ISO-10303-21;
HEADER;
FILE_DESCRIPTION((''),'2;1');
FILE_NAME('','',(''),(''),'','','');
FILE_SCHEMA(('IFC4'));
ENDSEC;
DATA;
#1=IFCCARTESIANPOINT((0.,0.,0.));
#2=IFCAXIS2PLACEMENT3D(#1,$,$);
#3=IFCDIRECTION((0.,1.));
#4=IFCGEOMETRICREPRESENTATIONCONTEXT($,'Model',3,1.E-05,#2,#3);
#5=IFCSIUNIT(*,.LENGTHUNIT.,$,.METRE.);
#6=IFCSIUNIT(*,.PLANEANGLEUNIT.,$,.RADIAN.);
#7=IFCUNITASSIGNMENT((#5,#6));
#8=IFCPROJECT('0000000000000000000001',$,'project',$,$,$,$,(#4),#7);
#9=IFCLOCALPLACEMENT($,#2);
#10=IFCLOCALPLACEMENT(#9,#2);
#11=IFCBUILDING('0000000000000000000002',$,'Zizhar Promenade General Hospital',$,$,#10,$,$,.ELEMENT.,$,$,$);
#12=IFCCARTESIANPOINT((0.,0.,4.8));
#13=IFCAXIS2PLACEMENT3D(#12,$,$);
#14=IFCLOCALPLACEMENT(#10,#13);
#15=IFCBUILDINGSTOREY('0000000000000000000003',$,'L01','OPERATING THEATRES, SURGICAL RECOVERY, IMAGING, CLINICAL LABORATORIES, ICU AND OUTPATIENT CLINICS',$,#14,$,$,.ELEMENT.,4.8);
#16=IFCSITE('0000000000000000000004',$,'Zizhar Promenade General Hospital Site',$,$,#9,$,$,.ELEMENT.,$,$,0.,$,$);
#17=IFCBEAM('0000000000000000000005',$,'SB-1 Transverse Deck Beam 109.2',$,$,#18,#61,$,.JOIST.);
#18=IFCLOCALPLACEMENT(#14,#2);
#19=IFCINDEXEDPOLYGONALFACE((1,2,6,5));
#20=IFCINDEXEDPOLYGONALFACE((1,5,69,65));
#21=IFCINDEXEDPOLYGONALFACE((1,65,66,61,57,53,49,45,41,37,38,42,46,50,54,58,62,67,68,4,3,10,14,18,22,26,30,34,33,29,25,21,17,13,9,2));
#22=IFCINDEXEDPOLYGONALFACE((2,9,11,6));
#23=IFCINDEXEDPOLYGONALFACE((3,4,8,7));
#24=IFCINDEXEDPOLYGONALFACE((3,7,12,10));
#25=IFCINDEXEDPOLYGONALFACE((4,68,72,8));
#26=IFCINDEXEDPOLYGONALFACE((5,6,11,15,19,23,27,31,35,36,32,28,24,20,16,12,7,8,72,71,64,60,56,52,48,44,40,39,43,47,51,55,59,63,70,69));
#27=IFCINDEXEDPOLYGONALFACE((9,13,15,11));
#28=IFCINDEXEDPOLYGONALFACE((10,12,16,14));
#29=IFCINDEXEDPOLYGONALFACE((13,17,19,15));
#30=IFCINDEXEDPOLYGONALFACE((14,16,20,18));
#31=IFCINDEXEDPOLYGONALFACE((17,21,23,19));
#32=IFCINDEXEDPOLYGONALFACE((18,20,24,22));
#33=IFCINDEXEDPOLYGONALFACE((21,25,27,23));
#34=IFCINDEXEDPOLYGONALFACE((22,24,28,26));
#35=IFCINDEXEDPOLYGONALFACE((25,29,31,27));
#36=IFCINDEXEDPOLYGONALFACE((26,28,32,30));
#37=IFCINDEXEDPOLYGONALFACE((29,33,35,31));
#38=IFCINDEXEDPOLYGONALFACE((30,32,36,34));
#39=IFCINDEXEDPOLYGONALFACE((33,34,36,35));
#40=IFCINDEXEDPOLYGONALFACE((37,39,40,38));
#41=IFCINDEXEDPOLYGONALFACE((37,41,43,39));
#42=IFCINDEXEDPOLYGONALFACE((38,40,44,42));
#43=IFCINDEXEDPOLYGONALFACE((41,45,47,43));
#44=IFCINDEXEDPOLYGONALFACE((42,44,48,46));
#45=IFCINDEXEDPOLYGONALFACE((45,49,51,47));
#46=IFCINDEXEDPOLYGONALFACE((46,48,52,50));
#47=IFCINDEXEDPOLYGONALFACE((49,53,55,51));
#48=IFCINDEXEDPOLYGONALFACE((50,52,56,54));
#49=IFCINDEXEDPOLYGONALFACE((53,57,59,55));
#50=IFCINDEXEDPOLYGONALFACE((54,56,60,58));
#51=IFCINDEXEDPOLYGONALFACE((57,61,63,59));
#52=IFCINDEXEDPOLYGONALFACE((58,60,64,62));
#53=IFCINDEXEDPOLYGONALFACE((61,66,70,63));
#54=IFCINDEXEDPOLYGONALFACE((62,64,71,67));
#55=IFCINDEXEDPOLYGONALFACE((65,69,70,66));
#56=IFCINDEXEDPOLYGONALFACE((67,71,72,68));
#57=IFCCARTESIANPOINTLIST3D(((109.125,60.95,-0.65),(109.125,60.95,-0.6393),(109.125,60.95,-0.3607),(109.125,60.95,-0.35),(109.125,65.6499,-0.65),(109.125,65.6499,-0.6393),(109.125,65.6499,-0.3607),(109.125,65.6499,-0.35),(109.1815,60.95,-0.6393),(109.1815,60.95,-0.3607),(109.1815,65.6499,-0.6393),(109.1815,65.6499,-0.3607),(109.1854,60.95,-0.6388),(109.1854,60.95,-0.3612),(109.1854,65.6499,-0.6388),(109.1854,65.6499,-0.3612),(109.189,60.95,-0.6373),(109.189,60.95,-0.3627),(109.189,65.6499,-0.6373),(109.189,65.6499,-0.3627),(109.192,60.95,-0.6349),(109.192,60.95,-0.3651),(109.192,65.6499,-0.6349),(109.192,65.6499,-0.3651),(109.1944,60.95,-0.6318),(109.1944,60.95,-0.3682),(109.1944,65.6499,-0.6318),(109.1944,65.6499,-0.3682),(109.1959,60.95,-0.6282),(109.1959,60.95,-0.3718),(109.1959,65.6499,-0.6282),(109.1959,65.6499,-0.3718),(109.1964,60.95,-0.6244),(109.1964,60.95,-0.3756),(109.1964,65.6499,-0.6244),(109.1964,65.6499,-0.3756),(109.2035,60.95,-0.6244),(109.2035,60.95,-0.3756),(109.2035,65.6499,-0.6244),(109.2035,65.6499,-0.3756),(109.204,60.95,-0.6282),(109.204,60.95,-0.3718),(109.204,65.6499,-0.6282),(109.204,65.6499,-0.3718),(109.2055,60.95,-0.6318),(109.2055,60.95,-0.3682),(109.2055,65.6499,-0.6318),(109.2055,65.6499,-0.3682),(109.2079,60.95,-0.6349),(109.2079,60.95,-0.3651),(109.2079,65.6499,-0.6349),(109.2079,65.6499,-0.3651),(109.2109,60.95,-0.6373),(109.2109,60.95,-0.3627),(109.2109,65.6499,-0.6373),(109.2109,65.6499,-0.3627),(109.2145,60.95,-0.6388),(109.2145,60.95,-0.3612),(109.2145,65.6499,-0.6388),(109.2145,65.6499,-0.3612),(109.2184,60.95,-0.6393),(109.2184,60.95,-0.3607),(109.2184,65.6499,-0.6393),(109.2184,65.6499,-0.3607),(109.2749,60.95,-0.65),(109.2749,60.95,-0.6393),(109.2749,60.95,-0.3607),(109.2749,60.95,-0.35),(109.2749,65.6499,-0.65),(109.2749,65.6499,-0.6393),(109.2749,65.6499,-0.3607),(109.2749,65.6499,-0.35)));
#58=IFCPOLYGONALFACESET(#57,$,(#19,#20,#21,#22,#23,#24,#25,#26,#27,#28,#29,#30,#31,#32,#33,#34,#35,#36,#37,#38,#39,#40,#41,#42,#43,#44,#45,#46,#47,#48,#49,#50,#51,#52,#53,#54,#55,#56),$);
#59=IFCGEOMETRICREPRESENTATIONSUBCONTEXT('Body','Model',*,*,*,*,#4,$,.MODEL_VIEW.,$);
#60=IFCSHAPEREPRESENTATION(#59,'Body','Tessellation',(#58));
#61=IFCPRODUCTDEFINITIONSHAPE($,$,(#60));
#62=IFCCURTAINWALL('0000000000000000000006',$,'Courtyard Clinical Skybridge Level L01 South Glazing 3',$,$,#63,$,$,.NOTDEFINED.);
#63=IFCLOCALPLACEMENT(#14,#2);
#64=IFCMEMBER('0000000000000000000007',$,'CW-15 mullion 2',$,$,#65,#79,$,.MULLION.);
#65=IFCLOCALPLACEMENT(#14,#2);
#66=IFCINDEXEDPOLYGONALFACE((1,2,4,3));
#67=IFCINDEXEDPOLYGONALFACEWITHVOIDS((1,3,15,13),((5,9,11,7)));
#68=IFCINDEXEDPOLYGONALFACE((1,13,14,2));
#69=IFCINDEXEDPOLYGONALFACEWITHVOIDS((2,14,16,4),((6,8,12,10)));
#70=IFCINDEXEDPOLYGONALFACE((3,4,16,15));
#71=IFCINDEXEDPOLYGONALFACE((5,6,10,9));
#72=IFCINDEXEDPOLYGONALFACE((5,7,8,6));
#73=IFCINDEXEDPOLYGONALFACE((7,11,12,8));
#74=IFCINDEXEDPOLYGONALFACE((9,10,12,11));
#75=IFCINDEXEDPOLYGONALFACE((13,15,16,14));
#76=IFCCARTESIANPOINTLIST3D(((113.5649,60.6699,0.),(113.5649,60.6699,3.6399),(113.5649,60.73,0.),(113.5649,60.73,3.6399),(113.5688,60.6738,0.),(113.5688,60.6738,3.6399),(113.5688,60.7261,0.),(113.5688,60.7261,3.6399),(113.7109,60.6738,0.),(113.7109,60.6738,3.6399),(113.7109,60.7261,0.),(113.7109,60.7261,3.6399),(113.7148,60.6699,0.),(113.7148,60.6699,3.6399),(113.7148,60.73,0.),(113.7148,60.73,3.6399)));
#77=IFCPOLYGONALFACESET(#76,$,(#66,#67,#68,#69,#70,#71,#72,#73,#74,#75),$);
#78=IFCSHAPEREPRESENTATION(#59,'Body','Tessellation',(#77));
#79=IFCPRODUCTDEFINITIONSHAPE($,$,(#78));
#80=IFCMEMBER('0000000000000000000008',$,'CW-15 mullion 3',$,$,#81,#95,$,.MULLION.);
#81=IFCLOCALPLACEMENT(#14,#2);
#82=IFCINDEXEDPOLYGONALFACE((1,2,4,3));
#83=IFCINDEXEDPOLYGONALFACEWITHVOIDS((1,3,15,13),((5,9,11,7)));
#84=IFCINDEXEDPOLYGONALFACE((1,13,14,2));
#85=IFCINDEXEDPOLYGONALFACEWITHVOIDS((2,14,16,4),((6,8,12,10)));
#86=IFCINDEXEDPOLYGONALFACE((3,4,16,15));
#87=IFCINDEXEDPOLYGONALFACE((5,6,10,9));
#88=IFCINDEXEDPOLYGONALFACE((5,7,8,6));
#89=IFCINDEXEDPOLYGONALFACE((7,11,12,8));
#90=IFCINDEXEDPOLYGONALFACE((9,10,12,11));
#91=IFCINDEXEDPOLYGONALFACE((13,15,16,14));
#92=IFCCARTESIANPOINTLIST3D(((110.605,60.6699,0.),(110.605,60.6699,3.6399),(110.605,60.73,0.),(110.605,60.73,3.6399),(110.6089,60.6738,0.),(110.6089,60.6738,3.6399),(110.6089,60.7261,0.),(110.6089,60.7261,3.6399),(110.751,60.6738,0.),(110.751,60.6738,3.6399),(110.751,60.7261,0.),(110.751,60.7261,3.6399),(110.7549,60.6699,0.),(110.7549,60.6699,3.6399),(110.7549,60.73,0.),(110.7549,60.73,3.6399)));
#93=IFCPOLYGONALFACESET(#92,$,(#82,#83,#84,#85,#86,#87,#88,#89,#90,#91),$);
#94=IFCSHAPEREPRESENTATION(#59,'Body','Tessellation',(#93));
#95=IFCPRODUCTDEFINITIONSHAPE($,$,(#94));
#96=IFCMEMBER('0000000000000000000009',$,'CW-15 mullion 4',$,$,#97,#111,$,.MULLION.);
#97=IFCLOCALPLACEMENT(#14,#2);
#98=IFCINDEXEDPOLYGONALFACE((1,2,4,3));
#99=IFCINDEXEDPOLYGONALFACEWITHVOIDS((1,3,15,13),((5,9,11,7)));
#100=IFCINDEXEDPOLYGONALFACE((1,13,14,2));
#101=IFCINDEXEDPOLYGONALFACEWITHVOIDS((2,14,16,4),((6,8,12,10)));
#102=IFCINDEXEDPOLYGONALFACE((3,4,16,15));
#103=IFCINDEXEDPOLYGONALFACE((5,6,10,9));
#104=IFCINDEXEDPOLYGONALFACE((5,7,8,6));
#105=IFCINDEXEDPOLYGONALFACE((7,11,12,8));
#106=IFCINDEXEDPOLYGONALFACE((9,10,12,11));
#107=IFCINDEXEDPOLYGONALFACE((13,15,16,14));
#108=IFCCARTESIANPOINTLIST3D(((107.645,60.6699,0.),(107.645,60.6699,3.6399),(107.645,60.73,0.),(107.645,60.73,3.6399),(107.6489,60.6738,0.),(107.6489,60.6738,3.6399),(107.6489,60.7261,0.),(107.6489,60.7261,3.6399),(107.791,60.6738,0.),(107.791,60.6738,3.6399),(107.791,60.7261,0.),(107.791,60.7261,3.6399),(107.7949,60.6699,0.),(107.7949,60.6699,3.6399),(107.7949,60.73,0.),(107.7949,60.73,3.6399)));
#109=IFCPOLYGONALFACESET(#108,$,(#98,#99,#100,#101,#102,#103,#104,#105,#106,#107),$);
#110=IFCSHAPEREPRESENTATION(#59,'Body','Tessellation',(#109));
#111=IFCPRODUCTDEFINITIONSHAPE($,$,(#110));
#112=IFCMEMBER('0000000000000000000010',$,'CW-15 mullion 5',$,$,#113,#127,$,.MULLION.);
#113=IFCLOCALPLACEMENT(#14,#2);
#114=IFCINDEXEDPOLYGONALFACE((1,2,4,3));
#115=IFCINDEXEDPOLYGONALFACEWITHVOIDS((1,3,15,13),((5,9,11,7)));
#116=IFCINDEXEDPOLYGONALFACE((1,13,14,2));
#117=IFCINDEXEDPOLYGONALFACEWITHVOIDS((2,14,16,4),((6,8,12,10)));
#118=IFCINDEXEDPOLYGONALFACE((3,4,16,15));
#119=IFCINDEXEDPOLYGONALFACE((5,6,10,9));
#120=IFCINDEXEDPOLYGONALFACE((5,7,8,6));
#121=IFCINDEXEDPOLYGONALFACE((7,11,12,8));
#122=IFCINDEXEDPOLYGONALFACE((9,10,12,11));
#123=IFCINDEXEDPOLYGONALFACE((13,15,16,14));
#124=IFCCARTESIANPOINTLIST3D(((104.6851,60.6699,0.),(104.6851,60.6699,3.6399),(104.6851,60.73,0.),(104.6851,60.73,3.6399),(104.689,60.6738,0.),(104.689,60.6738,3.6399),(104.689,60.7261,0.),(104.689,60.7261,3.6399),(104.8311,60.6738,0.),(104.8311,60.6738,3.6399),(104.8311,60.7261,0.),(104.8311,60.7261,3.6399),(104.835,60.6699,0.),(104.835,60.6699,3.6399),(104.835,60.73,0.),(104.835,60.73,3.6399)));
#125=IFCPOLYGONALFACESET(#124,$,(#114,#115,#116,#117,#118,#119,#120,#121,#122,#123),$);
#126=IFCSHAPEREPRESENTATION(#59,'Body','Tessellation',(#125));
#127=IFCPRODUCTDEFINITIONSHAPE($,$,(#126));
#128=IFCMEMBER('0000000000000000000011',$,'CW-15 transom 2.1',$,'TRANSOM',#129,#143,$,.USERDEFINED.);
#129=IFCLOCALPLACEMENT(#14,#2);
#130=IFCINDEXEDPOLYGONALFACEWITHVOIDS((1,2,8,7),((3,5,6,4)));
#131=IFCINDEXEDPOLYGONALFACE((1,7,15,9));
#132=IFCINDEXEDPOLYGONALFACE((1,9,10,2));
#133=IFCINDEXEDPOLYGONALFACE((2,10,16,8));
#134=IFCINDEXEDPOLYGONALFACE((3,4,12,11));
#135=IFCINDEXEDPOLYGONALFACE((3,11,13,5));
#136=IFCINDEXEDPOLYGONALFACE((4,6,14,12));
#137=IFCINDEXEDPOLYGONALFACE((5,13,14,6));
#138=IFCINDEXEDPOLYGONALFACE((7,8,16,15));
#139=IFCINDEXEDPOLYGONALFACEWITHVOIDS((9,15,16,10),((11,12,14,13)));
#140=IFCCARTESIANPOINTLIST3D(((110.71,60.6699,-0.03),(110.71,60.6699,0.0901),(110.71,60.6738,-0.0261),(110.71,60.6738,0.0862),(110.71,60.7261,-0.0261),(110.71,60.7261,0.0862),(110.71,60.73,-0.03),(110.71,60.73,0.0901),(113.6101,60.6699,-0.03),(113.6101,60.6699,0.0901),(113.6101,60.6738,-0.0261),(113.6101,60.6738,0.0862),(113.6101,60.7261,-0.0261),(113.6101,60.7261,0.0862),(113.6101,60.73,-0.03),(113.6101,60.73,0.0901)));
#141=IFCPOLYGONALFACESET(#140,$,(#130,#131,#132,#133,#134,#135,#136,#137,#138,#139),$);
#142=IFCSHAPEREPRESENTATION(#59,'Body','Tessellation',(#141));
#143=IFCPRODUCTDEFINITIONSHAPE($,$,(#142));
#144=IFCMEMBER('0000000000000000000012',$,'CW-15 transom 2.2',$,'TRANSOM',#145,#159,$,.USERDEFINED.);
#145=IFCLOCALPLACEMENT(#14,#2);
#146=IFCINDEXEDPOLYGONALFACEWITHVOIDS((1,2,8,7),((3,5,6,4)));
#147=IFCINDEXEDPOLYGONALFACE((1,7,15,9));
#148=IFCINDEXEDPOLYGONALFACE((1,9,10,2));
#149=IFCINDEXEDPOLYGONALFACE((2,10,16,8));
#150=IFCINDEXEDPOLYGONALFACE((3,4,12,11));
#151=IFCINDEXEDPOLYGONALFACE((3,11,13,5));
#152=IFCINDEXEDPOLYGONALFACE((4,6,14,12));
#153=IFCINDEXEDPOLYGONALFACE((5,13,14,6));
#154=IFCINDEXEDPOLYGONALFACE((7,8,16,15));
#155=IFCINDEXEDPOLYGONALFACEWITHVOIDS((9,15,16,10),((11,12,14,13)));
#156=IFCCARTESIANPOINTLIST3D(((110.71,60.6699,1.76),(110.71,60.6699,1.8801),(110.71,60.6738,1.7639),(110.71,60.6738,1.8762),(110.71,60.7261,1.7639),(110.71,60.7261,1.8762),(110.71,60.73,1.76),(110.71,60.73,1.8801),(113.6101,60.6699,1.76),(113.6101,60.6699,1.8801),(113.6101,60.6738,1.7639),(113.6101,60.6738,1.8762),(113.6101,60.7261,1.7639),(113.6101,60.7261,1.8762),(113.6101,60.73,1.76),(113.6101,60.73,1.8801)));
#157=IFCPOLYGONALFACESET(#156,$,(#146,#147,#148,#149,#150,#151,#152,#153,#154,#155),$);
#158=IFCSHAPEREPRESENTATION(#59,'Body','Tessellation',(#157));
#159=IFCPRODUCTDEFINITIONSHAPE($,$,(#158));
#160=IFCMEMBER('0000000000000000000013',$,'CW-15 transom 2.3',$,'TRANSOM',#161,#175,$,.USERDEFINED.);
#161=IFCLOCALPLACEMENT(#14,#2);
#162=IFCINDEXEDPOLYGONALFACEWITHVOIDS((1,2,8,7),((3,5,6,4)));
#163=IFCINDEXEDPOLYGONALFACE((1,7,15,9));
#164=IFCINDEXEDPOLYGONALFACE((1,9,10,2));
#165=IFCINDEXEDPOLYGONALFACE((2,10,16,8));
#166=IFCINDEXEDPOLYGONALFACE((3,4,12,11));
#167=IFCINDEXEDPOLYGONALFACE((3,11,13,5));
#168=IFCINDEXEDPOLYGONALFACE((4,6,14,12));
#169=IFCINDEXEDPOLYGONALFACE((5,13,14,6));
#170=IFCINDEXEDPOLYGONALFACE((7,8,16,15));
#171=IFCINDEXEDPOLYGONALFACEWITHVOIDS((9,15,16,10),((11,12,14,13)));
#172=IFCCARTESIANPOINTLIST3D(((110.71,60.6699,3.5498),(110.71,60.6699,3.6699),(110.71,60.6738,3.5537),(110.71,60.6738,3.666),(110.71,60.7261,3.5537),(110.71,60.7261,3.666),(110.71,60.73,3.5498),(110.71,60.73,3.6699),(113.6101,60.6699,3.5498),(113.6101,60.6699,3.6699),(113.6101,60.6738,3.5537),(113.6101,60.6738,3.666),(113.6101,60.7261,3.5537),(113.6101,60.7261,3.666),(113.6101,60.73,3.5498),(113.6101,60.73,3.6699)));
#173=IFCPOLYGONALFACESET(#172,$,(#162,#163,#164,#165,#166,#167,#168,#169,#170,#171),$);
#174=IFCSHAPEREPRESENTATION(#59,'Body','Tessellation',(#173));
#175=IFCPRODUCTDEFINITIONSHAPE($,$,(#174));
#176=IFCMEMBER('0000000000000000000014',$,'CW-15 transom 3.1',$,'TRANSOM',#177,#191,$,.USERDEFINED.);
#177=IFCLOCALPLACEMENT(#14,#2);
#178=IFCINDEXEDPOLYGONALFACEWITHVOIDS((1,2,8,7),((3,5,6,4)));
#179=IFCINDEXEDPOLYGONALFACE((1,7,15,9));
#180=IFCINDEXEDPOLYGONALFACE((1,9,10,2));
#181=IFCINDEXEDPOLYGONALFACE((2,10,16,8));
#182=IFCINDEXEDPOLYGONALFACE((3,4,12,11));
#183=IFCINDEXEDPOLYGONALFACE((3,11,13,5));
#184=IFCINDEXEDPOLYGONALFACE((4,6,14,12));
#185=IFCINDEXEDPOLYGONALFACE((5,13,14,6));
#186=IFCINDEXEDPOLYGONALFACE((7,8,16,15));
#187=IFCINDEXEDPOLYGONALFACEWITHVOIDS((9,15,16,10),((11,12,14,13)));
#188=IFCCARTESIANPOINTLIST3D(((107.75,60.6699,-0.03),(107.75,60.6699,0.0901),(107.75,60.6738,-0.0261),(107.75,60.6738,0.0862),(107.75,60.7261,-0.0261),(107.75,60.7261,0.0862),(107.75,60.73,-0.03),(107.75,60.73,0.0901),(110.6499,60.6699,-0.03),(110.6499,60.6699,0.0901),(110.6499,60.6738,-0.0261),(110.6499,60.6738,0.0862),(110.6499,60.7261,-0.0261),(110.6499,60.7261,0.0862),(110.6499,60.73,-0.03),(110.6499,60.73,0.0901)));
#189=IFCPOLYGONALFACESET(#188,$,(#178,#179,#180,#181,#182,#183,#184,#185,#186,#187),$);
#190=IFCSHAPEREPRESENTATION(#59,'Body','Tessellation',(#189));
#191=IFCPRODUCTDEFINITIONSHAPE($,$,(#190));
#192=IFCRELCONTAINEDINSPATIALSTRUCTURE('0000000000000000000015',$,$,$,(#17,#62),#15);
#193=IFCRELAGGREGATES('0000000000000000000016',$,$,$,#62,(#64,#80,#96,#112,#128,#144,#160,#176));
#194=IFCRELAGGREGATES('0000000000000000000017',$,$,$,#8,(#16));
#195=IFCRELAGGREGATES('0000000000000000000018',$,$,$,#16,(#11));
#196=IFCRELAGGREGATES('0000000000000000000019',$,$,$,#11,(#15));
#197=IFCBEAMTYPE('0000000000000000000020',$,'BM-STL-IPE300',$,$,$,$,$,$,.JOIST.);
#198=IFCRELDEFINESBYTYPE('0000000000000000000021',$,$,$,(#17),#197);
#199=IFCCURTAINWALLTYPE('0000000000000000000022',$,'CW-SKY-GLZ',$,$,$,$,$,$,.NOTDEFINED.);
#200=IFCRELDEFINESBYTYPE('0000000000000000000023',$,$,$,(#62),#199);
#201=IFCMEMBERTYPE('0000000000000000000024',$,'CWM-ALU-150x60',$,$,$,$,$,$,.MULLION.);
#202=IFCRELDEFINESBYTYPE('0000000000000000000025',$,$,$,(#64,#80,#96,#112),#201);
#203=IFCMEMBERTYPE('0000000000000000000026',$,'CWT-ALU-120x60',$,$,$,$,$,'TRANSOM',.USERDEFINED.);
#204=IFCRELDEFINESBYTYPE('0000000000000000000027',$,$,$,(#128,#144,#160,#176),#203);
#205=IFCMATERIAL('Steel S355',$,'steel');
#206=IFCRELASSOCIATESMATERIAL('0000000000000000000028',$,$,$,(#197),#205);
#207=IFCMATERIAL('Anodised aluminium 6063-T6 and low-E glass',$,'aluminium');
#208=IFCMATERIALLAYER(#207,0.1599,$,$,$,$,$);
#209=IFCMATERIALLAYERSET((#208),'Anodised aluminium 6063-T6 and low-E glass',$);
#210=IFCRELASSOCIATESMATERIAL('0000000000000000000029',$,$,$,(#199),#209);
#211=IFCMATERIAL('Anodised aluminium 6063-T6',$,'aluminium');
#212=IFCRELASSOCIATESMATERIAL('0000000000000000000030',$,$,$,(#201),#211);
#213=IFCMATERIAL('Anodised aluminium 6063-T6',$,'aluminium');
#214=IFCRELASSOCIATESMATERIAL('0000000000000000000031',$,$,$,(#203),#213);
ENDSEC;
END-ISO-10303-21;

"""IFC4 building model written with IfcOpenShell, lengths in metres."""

from ifc_helpers import new_model, si_unit, direction, frame, origin, origin_2d, place, context, subcontext, project, spatial, hollow_rectangle, i_section, extrude, material, layer, layer_set, material_profile, profile_set, type_object, element, aggregate, save


model = new_model("IFC4")

# Units and contexts
model_context = context("Model", 3, precision=1e-05, world=origin(), true_north=direction((0.0, 1.0)))
body_context = subcontext(model_context, "Body", "Model", "MODEL_VIEW")
ifc_project = project(units=[si_unit("LENGTHUNIT", "METRE"), si_unit("PLANEANGLEUNIT", "RADIAN")], contexts=[model_context])

# Site, building, storey
site_placement = place(None, origin())
site = spatial("IfcSite", under=ifc_project, at=site_placement, Name="Zizhar Promenade General Hospital Site", CompositionType="ELEMENT", RefElevation=0.0)
building_placement = place(site_placement, origin())
building = spatial("IfcBuilding", under=site, at=building_placement, Name="Zizhar Promenade General Hospital", CompositionType="ELEMENT")
storey_placement = place(building_placement, frame((0.0, 0.0, 4.8)))
storey = spatial("IfcBuildingStorey", under=building, at=storey_placement, Name="L01", Description="OPERATING THEATRES, SURGICAL RECOVERY, IMAGING, CLINICAL LABORATORIES, ICU AND OUTPATIENT CLINICS", CompositionType="ELEMENT", Elevation=4.8)

# Beam
ifc_material_1 = material(Name="Steel S355", Category="steel")
ifc_material_profile_1 = material_profile(ifc_material_1, i_section(OverallWidth=0.1499, OverallDepth=0.3, WebThickness=0.0071, FlangeThickness=0.0107, FilletRadius=0.0149, at=origin_2d()))
ifc_profile_set_1 = profile_set([ifc_material_profile_1], Name="Steel S355")
beam_type = type_object("IfcBeamType", Name="BM-STL-IPE300", PredefinedType="JOIST", material=ifc_profile_set_1)
beam_placement = place(storey_placement, frame((109.2, 60.95, -0.5), z_axis=(0.0, 1.0, 0.0), x_axis=(-1.0, 0.0, 0.0)))
element("IfcBeam", 1, at=beam_placement, inside=storey, type_object=beam_type, Name="SB-1 Transverse Deck Beam 109.2", PredefinedType="JOIST", context=body_context, shape_type="SweptSolid", body=[
    extrude(i_section(OverallWidth=0.1499, OverallDepth=0.3, WebThickness=0.0071, FlangeThickness=0.0107, FilletRadius=0.0149, at=origin_2d()), origin(), (0.0, 0.0, 1.0), 4.7),
])

# Curtain wall, members
ifc_material_2 = material(Name="Anodised aluminium 6063-T6 and low-E glass", Category="aluminium")
ifc_layer_1 = layer(ifc_material_2, 0.1599)
ifc_layer_set_1 = layer_set([ifc_layer_1], Name="Anodised aluminium 6063-T6 and low-E glass")
curtain_wall_type_1 = type_object("IfcCurtainWallType", Name="CW-SKY-GLZ", PredefinedType="NOTDEFINED", material=ifc_layer_set_1)
curtain_wall_1_placement = place(storey_placement, origin())
curtain_wall_1 = element("IfcCurtainWall", 2, at=curtain_wall_1_placement, inside=storey, type_object=curtain_wall_type_1, Name="Courtyard Clinical Skybridge Level L01 South Glazing 3", PredefinedType="NOTDEFINED")
ifc_material_3 = material(Name="Anodised aluminium 6063-T6", Category="aluminium")
ifc_material_profile_2 = material_profile(ifc_material_3, hollow_rectangle(XDim=0.0601, YDim=0.1499, WallThickness=0.0039, at=origin_2d()))
ifc_profile_set_2 = profile_set([ifc_material_profile_2], Name="Anodised aluminium 6063-T6")
member_type_1 = type_object("IfcMemberType", Name="CWM-ALU-150x60", PredefinedType="MULLION", material=ifc_profile_set_2)
member_1_placement = place(storey_placement, frame((113.6399, 60.7, 0.0), z_axis=(0.0, 0.0, 1.0), x_axis=(0.0, -1.0, 0.0)))
member_1 = element("IfcMember", 3, at=member_1_placement, type_object=member_type_1, Name="CW-15 mullion 2", PredefinedType="MULLION", context=body_context, shape_type="SweptSolid", body=[
    extrude(hollow_rectangle(XDim=0.0601, YDim=0.1499, WallThickness=0.0039, at=origin_2d()), origin(), (0.0, 0.0, 1.0), 3.6399),
])
member_2_placement = place(storey_placement, frame((110.6799, 60.7, 0.0), z_axis=(0.0, 0.0, 1.0), x_axis=(0.0, -1.0, 0.0)))
member_2 = element("IfcMember", 4, at=member_2_placement, type_object=member_type_1, Name="CW-15 mullion 3", PredefinedType="MULLION", context=body_context, shape_type="SweptSolid", body=[
    extrude(hollow_rectangle(XDim=0.0601, YDim=0.1499, WallThickness=0.0039, at=origin_2d()), origin(), (0.0, 0.0, 1.0), 3.6399),
])
member_3_placement = place(storey_placement, frame((107.72, 60.7, 0.0), z_axis=(0.0, 0.0, 1.0), x_axis=(0.0, -1.0, 0.0)))
member_3 = element("IfcMember", 5, at=member_3_placement, type_object=member_type_1, Name="CW-15 mullion 4", PredefinedType="MULLION", context=body_context, shape_type="SweptSolid", body=[
    extrude(hollow_rectangle(XDim=0.0601, YDim=0.1499, WallThickness=0.0039, at=origin_2d()), origin(), (0.0, 0.0, 1.0), 3.6399),
])
member_4_placement = place(storey_placement, frame((104.76, 60.7, 0.0), z_axis=(0.0, 0.0, 1.0), x_axis=(0.0, -1.0, 0.0)))
member_4 = element("IfcMember", 6, at=member_4_placement, type_object=member_type_1, Name="CW-15 mullion 5", PredefinedType="MULLION", context=body_context, shape_type="SweptSolid", body=[
    extrude(hollow_rectangle(XDim=0.0601, YDim=0.1499, WallThickness=0.0039, at=origin_2d()), origin(), (0.0, 0.0, 1.0), 3.6399),
])
ifc_material_4 = material(Name="Anodised aluminium 6063-T6", Category="aluminium")
ifc_material_profile_3 = material_profile(ifc_material_4, hollow_rectangle(XDim=0.0601, YDim=0.1201, WallThickness=0.0039, at=origin_2d()))
ifc_profile_set_3 = profile_set([ifc_material_profile_3], Name="Anodised aluminium 6063-T6")
member_type_2 = type_object("IfcMemberType", Name="CWT-ALU-120x60", ElementType="TRANSOM", PredefinedType="USERDEFINED", material=ifc_profile_set_3)
member_5_placement = place(storey_placement, frame((113.6101, 60.7, 0.03), z_axis=(-1.0, 0.0, 0.0), x_axis=(0.0, -1.0, 0.0)))
member_5 = element("IfcMember", 7, at=member_5_placement, type_object=member_type_2, Name="CW-15 transom 2.1", ObjectType="TRANSOM", PredefinedType="USERDEFINED", context=body_context, shape_type="SweptSolid", body=[
    extrude(hollow_rectangle(XDim=0.0601, YDim=0.1201, WallThickness=0.0039, at=origin_2d()), origin(), (0.0, 0.0, 1.0), 2.9001),
])
member_6_placement = place(storey_placement, frame((113.6101, 60.7, 1.8201), z_axis=(-1.0, 0.0, 0.0), x_axis=(0.0, -1.0, 0.0)))
member_6 = element("IfcMember", 8, at=member_6_placement, type_object=member_type_2, Name="CW-15 transom 2.2", ObjectType="TRANSOM", PredefinedType="USERDEFINED", context=body_context, shape_type="SweptSolid", body=[
    extrude(hollow_rectangle(XDim=0.0601, YDim=0.1201, WallThickness=0.0039, at=origin_2d()), origin(), (0.0, 0.0, 1.0), 2.9001),
])
member_7_placement = place(storey_placement, frame((113.6101, 60.7, 3.6099), z_axis=(-1.0, 0.0, 0.0), x_axis=(0.0, -1.0, 0.0)))
member_7 = element("IfcMember", 9, at=member_7_placement, type_object=member_type_2, Name="CW-15 transom 2.3", ObjectType="TRANSOM", PredefinedType="USERDEFINED", context=body_context, shape_type="SweptSolid", body=[
    extrude(hollow_rectangle(XDim=0.0601, YDim=0.1201, WallThickness=0.0039, at=origin_2d()), origin(), (0.0, 0.0, 1.0), 2.9001),
])
member_8_placement = place(storey_placement, frame((110.6499, 60.7, 0.03), z_axis=(-1.0, 0.0, 0.0), x_axis=(0.0, -1.0, 0.0)))
member_8 = element("IfcMember", 10, at=member_8_placement, type_object=member_type_2, Name="CW-15 transom 3.1", ObjectType="TRANSOM", PredefinedType="USERDEFINED", context=body_context, shape_type="SweptSolid", body=[
    extrude(hollow_rectangle(XDim=0.0601, YDim=0.1201, WallThickness=0.0039, at=origin_2d()), origin(), (0.0, 0.0, 1.0), 2.8999),
])

aggregate(curtain_wall_1, [member_1, member_2, member_3, member_4, member_5, member_6, member_7, member_8])

save(model, "model.ifc")
